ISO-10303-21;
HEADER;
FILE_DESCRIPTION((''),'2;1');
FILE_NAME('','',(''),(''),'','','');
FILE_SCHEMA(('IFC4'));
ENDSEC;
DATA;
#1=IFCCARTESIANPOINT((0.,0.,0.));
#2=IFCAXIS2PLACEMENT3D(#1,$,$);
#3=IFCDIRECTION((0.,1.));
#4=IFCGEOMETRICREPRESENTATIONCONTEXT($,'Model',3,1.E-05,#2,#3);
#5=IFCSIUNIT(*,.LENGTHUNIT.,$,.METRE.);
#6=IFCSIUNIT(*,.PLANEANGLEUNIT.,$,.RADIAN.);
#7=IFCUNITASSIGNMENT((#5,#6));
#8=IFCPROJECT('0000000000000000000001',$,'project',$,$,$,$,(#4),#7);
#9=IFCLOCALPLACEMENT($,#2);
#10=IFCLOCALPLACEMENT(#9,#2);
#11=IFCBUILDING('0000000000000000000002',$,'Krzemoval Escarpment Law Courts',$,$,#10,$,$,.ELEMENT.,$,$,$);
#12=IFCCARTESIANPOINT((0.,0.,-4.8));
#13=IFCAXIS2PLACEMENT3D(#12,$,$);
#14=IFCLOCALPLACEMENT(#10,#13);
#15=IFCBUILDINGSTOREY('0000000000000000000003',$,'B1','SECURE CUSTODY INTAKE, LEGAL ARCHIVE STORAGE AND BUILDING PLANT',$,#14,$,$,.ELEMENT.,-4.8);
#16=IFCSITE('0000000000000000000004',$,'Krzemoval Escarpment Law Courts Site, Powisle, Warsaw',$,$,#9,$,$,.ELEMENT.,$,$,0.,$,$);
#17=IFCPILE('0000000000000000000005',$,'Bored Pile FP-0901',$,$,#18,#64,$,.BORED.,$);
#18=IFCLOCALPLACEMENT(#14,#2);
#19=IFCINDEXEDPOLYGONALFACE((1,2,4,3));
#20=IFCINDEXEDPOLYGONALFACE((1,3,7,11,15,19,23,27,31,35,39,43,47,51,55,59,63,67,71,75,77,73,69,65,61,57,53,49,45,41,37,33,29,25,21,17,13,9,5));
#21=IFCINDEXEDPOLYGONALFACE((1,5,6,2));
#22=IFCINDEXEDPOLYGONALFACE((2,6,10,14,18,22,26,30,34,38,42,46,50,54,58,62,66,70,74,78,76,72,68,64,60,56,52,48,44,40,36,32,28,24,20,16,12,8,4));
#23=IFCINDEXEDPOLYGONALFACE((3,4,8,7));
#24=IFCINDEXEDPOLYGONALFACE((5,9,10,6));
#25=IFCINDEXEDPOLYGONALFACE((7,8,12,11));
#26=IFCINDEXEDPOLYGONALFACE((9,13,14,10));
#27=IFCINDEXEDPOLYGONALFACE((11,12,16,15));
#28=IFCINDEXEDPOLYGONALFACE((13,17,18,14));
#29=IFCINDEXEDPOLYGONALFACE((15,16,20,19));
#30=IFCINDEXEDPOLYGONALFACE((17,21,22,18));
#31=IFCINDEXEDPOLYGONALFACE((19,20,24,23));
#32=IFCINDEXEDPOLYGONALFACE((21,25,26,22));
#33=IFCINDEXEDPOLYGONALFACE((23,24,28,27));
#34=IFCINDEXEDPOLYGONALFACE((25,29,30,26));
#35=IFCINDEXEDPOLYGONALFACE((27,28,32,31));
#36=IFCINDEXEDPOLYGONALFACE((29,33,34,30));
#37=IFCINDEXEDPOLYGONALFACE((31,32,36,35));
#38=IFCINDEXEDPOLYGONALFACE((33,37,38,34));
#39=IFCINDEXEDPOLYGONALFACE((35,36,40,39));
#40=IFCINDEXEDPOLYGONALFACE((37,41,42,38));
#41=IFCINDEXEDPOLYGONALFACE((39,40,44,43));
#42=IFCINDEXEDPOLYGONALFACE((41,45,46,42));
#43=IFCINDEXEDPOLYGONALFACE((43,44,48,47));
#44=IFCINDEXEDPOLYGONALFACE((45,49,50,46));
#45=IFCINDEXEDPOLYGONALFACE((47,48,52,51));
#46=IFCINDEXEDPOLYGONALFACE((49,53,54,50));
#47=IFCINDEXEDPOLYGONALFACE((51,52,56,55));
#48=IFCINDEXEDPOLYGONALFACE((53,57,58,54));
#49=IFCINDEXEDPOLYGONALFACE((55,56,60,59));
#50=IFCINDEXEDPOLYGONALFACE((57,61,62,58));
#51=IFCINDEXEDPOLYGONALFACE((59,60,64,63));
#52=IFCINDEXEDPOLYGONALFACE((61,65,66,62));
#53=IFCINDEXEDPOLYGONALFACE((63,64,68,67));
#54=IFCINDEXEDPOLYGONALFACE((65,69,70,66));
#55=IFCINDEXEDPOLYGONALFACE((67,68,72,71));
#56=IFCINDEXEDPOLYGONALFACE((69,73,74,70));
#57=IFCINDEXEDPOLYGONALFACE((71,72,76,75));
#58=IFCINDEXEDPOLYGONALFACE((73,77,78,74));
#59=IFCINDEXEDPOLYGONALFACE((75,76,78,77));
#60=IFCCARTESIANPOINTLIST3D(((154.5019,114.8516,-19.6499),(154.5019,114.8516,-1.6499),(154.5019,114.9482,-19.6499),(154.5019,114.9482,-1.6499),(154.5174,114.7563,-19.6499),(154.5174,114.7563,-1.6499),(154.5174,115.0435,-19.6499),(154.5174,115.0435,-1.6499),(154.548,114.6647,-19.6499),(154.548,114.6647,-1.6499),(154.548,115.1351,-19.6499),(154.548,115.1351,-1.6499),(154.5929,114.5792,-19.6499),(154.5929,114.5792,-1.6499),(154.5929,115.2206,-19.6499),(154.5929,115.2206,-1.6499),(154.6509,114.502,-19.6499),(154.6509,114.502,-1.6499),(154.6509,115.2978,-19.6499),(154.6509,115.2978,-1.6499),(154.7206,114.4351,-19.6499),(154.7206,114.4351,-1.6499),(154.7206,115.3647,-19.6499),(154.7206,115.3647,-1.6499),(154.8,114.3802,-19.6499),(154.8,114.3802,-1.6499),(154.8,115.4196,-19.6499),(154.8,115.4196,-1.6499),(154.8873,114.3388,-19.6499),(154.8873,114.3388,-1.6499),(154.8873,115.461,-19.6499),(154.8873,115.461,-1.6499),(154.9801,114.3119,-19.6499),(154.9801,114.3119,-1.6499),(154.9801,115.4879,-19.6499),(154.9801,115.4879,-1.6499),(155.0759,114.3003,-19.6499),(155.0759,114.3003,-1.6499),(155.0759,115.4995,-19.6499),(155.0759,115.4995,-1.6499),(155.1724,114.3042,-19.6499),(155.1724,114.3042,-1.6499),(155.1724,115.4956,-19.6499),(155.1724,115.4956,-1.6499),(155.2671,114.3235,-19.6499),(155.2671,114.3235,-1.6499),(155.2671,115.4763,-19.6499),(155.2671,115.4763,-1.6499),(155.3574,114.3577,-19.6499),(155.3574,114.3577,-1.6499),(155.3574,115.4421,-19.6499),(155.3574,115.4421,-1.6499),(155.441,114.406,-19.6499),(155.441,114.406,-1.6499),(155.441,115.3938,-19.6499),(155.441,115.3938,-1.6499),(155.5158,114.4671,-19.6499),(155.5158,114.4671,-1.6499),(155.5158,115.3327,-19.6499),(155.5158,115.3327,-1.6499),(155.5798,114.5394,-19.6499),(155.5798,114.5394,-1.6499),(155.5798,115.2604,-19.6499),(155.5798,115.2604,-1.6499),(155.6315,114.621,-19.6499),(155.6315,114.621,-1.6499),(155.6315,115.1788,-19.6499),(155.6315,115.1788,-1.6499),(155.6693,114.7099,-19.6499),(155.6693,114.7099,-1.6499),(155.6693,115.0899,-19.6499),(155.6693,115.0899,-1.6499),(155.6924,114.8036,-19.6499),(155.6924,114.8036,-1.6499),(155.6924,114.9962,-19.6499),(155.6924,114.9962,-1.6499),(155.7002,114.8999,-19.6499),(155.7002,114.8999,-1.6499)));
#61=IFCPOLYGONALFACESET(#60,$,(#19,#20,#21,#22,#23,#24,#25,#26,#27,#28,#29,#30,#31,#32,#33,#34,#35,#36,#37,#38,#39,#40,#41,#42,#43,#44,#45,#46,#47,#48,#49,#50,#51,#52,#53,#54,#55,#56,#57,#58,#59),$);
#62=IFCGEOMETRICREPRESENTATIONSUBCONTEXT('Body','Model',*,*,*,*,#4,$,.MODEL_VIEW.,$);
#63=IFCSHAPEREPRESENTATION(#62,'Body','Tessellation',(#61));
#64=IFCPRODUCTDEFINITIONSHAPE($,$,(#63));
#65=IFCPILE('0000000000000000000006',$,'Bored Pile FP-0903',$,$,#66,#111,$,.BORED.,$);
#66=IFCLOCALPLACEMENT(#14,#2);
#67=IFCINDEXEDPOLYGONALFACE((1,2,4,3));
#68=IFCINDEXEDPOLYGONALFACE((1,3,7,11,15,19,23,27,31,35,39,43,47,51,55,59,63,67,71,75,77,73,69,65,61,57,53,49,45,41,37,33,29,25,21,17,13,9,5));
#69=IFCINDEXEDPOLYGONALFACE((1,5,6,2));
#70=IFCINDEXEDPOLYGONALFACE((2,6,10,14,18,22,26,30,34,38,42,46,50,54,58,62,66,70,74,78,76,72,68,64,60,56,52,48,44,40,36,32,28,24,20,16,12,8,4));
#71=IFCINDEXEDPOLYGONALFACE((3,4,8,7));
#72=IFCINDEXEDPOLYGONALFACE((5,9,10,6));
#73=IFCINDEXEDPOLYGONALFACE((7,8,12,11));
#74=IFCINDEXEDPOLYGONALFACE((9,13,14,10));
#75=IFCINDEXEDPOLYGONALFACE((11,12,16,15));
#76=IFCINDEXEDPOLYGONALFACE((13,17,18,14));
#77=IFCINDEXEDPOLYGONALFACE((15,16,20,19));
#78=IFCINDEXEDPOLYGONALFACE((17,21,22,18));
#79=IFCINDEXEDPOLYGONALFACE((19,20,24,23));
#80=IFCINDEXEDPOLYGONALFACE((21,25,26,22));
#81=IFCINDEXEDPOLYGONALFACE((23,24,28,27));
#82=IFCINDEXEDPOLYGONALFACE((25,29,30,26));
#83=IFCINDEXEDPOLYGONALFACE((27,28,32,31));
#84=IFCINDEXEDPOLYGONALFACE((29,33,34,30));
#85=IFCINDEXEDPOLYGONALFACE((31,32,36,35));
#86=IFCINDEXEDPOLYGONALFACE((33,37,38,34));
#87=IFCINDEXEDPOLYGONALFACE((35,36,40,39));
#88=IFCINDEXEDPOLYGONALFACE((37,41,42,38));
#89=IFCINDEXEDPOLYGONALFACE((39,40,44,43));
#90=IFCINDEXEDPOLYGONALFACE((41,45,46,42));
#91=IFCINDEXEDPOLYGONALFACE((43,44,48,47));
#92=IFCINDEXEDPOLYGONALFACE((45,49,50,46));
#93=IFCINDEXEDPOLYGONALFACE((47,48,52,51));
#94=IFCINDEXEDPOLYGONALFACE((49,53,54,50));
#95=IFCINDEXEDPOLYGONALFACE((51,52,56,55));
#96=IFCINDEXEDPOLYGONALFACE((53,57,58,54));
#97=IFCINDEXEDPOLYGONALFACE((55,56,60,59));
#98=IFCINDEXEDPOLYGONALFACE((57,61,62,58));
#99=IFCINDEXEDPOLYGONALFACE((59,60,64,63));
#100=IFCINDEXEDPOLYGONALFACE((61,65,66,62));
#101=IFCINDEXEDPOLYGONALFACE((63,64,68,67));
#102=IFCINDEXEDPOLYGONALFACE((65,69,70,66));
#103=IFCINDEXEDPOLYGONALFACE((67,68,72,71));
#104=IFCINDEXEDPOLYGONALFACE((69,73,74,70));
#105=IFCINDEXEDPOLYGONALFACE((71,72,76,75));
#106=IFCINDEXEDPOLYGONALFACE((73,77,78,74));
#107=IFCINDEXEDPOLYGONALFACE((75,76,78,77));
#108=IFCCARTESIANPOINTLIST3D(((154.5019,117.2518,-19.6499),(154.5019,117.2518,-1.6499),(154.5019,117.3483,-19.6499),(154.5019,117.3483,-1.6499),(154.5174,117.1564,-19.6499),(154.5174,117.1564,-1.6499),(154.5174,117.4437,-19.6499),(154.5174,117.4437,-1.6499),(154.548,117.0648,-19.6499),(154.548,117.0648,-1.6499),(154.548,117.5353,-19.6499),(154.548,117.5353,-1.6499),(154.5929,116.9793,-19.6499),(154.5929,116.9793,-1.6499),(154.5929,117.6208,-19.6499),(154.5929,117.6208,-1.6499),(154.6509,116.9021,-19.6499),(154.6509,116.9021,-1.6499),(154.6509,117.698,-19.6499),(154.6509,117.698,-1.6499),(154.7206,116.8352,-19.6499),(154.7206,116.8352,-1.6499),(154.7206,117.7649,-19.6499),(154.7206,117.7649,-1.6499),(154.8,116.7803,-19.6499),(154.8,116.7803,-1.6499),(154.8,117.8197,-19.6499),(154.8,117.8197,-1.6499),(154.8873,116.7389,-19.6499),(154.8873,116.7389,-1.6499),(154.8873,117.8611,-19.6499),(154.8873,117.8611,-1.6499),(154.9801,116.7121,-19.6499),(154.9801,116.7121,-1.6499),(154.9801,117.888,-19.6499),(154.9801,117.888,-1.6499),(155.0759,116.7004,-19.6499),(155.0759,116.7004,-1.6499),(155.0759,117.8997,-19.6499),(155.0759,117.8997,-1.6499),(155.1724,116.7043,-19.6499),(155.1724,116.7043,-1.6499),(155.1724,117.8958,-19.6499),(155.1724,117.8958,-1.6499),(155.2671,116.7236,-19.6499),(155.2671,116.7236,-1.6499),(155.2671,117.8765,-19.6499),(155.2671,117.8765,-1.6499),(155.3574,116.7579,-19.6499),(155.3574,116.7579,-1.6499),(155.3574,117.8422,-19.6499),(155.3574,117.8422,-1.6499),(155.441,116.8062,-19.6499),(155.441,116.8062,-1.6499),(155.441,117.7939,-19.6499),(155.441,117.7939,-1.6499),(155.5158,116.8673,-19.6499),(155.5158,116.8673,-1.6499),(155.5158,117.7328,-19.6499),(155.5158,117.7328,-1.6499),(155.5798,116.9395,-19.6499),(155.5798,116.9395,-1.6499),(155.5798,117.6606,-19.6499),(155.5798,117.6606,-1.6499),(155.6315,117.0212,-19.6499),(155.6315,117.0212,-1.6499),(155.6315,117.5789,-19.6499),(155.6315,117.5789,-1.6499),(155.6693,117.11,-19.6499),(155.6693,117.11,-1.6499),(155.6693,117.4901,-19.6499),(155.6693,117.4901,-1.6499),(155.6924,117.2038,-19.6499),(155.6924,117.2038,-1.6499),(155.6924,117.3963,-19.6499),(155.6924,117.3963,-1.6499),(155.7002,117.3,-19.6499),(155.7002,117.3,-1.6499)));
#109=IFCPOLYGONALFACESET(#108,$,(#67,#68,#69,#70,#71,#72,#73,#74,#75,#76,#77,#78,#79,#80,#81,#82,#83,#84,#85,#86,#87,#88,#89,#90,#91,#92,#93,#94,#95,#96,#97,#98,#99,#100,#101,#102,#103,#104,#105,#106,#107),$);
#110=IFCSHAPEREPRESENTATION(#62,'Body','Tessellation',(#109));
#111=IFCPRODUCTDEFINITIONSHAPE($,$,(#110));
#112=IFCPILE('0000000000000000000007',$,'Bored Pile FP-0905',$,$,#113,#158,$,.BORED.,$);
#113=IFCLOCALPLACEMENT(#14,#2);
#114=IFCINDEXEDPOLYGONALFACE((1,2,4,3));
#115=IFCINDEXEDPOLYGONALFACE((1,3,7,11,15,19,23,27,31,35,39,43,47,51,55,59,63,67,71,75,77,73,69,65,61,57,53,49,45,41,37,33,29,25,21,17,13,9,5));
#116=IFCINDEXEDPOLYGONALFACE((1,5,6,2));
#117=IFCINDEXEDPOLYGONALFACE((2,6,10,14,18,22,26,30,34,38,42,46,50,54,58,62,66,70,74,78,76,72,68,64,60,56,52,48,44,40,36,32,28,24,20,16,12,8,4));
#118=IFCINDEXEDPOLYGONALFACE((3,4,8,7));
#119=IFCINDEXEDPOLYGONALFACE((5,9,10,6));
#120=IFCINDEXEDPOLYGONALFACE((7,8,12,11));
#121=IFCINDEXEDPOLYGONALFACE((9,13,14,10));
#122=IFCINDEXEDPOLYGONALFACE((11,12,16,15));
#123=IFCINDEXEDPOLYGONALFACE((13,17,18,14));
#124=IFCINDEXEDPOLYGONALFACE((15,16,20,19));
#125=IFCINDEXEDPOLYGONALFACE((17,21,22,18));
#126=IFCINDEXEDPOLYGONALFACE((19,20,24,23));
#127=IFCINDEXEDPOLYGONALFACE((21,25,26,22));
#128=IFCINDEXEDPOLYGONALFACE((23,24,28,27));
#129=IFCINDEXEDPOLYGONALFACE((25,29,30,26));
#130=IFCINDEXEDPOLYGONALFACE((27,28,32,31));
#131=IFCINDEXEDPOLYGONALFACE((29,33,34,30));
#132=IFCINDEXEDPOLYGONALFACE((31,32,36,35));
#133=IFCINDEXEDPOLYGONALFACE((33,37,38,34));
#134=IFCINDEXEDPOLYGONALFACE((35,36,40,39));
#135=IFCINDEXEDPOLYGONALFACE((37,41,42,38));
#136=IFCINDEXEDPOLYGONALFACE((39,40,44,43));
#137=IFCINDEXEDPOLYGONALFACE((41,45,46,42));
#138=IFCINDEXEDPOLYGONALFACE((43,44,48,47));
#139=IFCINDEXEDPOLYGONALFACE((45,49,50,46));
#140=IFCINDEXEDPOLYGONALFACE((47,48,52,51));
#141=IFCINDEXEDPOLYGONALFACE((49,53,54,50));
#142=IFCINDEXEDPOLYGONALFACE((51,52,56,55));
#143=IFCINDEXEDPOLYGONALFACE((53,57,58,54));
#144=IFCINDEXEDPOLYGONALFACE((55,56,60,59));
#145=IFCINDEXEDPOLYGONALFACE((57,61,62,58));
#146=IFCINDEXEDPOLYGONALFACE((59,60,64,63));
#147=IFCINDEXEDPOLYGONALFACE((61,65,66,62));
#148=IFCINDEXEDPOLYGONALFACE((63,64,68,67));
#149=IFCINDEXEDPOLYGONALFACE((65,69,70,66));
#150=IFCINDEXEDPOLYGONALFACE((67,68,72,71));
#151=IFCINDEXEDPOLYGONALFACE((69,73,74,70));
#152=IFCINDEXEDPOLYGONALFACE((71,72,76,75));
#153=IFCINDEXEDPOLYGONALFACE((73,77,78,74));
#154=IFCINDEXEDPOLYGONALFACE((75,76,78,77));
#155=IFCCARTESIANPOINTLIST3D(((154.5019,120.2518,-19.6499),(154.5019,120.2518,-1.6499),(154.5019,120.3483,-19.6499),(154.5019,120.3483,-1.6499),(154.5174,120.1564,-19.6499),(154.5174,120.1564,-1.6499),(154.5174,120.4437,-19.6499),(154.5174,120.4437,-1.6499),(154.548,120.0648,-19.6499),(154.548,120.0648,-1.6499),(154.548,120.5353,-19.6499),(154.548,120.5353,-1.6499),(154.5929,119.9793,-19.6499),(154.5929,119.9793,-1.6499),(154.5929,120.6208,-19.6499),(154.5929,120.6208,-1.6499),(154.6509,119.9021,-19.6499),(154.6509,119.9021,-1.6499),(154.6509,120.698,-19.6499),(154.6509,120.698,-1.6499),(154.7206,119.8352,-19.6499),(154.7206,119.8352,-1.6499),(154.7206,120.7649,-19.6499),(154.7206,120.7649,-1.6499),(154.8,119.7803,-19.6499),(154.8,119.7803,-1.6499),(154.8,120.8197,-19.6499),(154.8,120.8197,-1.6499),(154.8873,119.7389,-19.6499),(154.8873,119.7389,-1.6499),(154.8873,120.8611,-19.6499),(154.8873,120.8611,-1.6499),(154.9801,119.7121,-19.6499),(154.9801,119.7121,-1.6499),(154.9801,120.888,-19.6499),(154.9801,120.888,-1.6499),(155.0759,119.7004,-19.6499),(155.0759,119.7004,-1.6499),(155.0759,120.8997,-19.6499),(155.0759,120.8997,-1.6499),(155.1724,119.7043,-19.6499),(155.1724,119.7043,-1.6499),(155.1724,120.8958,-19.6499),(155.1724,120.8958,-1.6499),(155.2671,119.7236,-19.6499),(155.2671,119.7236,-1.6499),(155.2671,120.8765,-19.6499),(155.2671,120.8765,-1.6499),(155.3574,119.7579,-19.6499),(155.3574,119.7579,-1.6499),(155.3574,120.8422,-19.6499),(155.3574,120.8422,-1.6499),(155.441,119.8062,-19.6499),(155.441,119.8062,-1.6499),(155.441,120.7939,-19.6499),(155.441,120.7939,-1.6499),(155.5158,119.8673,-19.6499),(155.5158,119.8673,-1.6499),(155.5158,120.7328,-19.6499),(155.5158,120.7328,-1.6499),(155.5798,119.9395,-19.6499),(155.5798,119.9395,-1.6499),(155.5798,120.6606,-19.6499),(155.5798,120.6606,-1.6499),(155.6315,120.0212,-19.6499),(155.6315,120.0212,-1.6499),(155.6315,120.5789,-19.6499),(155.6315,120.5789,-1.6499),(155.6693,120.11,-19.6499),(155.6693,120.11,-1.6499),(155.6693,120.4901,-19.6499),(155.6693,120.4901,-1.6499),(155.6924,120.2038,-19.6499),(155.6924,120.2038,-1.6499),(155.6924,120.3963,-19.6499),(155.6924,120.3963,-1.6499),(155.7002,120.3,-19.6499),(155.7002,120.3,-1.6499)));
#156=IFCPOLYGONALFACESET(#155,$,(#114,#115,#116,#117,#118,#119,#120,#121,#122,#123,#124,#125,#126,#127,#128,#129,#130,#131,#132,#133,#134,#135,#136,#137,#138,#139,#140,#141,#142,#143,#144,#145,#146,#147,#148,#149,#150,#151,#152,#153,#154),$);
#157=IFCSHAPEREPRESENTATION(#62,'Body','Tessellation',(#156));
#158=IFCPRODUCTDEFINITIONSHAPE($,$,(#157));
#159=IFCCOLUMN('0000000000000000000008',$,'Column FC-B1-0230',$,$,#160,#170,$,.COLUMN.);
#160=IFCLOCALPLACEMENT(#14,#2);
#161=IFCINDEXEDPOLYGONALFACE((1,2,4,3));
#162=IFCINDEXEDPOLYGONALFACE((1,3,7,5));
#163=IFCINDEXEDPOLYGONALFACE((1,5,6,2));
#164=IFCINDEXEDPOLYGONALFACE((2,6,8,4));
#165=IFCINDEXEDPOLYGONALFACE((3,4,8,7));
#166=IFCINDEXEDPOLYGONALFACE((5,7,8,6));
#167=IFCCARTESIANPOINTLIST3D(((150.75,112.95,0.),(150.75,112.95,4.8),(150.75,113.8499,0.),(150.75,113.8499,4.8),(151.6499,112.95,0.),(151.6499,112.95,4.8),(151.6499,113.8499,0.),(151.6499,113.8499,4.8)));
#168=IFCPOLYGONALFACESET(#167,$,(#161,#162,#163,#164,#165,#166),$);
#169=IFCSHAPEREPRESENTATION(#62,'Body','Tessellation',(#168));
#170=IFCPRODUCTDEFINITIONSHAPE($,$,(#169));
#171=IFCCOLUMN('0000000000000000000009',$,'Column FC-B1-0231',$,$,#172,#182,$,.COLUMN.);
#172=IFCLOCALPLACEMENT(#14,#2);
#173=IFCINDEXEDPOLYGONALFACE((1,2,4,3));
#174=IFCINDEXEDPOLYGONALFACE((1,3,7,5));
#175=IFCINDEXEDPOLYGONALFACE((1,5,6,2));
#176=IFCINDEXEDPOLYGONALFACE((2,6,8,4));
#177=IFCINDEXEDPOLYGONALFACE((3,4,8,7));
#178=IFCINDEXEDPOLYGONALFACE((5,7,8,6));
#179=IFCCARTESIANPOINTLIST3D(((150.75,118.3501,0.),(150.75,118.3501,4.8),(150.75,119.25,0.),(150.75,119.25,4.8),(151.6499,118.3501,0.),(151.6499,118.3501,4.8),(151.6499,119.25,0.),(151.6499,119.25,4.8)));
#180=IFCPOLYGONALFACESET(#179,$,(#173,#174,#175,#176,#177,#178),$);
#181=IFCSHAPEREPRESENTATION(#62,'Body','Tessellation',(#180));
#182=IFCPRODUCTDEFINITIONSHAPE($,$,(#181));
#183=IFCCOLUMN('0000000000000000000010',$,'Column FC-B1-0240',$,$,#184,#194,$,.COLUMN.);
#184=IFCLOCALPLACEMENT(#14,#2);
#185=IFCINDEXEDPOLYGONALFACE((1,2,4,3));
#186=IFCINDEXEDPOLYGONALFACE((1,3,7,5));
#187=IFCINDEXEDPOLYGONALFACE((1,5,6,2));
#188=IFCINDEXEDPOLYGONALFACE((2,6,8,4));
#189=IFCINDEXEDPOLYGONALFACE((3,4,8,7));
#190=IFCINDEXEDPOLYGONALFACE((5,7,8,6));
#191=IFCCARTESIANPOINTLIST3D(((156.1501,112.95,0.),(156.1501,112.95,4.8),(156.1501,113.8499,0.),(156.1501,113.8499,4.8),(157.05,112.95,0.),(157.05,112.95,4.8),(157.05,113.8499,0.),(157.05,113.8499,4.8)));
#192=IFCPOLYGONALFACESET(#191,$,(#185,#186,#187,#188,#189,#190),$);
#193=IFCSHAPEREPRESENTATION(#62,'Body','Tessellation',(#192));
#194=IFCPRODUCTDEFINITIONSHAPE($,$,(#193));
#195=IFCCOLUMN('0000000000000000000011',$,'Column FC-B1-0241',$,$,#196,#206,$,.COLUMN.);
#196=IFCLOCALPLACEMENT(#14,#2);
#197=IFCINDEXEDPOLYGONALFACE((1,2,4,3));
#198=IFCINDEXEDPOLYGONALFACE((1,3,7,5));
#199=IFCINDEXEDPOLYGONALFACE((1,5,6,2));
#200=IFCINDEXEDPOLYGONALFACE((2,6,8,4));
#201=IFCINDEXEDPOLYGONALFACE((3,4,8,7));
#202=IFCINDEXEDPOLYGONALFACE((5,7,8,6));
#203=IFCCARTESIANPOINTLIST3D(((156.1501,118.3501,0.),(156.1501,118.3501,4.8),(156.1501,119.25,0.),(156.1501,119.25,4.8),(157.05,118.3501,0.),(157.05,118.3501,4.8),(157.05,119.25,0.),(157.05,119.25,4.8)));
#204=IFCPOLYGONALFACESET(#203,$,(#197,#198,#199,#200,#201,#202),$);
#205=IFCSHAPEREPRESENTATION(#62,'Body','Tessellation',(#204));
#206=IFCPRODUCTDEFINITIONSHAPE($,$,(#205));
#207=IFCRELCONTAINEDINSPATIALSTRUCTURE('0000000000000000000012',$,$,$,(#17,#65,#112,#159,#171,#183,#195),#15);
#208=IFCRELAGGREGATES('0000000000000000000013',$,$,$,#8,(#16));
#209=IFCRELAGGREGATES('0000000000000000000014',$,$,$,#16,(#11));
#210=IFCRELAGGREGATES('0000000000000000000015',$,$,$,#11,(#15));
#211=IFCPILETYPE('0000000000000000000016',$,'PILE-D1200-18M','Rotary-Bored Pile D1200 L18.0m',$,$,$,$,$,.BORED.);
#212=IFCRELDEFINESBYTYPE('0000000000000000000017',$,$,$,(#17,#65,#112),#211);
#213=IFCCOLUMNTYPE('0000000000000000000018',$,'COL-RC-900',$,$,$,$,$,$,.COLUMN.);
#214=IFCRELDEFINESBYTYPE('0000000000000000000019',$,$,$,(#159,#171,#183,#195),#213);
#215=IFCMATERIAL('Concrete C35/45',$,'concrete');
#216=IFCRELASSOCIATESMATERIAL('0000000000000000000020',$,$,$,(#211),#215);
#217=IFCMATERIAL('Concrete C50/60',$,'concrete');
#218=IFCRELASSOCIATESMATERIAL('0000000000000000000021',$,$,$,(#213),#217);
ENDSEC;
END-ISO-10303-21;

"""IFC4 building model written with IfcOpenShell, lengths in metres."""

from ifc_helpers import new_model, si_unit, direction, frame, origin, origin_2d, place, context, subcontext, project, spatial, rectangle, circle, extrude, material, material_profile, profile_set, type_object, element, save


model = new_model("IFC4")

# Units and contexts
model_context = context("Model", 3, precision=1e-05, world=origin(), true_north=direction((0.0, 1.0)))
body_context = subcontext(model_context, "Body", "Model", "MODEL_VIEW")
ifc_project = project(units=[si_unit("LENGTHUNIT", "METRE"), si_unit("PLANEANGLEUNIT", "RADIAN")], contexts=[model_context])

# Site, building, storey
site_placement = place(None, origin())
site = spatial("IfcSite", under=ifc_project, at=site_placement, Name="Krzemoval Escarpment Law Courts Site, Powisle, Warsaw", CompositionType="ELEMENT", RefElevation=0.0)
building_placement = place(site_placement, origin())
building = spatial("IfcBuilding", under=site, at=building_placement, Name="Krzemoval Escarpment Law Courts", CompositionType="ELEMENT")
storey_placement = place(building_placement, frame((0.0, 0.0, -4.8)))
storey = spatial("IfcBuildingStorey", under=building, at=storey_placement, Name="B1", Description="SECURE CUSTODY INTAKE, LEGAL ARCHIVE STORAGE AND BUILDING PLANT", CompositionType="ELEMENT", Elevation=-4.8)

# Piles
ifc_material_1 = material(Name="Concrete C35/45", Category="concrete")
ifc_material_profile_1 = material_profile(ifc_material_1, circle(Radius=0.6001, at=origin_2d()), Name="PILE D1200")
ifc_profile_set_1 = profile_set([ifc_material_profile_1], Name="Concrete C35/45")
pile_type = type_object("IfcPileType", Name="PILE-D1200-18M", Description="Rotary-Bored Pile D1200 L18.0m", PredefinedType="BORED", material=ifc_profile_set_1)
for number, where, z_axis, x_axis, name in (
    (1, (155.1001, 114.8999, -1.6499), (0.0, 0.0, -1.0), (1.0, 0.0, 0.0), "Bored Pile FP-0901"),
    (2, (155.1001, 117.3, -1.6499), (0.0, 0.0, -1.0), (1.0, 0.0, 0.0), "Bored Pile FP-0903"),
    (3, (155.1001, 120.3, -1.6499), (0.0, 0.0, -1.0), (1.0, 0.0, 0.0), "Bored Pile FP-0905"),
):
    element("IfcPile", number, at=place(storey_placement, frame(where, z_axis=z_axis, x_axis=x_axis)), inside=storey, type_object=pile_type, Name=name, PredefinedType="BORED", context=body_context, shape_type="SweptSolid", body=[
        extrude(circle(Radius=0.6001, at=origin_2d()), origin(), (0.0, 0.0, 1.0), 18.0),
    ])

# Columns
ifc_material_2 = material(Name="Concrete C50/60", Category="concrete")
ifc_material_profile_2 = material_profile(ifc_material_2, rectangle(XDim=0.8999, YDim=0.8999, at=origin_2d()), Name="RC 900x900")
ifc_profile_set_2 = profile_set([ifc_material_profile_2], Name="Concrete C50/60")
column_type = type_object("IfcColumnType", Name="COL-RC-900", PredefinedType="COLUMN", material=ifc_profile_set_2)
for number, where, z_axis, x_axis, name in (
    (4, (151.2, 113.3999, 0.0), (0.0, 0.0, 1.0), (1.0, 0.0, 0.0), "Column FC-B1-0230"),
    (5, (151.2, 118.8, 0.0), (0.0, 0.0, 1.0), (1.0, 0.0, 0.0), "Column FC-B1-0231"),
    (6, (156.6001, 113.3999, 0.0), (0.0, 0.0, 1.0), (1.0, 0.0, 0.0), "Column FC-B1-0240"),
    (7, (156.6001, 118.8, 0.0), (0.0, 0.0, 1.0), (1.0, 0.0, 0.0), "Column FC-B1-0241"),
):
    element("IfcColumn", number, at=place(storey_placement, frame(where, z_axis=z_axis, x_axis=x_axis)), inside=storey, type_object=column_type, Name=name, PredefinedType="COLUMN", context=body_context, shape_type="SweptSolid", body=[
        extrude(rectangle(XDim=0.8999, YDim=0.8999, at=origin_2d()), origin(), (0.0, 0.0, 1.0), 4.8),
    ])

save(model, "model.ifc")
